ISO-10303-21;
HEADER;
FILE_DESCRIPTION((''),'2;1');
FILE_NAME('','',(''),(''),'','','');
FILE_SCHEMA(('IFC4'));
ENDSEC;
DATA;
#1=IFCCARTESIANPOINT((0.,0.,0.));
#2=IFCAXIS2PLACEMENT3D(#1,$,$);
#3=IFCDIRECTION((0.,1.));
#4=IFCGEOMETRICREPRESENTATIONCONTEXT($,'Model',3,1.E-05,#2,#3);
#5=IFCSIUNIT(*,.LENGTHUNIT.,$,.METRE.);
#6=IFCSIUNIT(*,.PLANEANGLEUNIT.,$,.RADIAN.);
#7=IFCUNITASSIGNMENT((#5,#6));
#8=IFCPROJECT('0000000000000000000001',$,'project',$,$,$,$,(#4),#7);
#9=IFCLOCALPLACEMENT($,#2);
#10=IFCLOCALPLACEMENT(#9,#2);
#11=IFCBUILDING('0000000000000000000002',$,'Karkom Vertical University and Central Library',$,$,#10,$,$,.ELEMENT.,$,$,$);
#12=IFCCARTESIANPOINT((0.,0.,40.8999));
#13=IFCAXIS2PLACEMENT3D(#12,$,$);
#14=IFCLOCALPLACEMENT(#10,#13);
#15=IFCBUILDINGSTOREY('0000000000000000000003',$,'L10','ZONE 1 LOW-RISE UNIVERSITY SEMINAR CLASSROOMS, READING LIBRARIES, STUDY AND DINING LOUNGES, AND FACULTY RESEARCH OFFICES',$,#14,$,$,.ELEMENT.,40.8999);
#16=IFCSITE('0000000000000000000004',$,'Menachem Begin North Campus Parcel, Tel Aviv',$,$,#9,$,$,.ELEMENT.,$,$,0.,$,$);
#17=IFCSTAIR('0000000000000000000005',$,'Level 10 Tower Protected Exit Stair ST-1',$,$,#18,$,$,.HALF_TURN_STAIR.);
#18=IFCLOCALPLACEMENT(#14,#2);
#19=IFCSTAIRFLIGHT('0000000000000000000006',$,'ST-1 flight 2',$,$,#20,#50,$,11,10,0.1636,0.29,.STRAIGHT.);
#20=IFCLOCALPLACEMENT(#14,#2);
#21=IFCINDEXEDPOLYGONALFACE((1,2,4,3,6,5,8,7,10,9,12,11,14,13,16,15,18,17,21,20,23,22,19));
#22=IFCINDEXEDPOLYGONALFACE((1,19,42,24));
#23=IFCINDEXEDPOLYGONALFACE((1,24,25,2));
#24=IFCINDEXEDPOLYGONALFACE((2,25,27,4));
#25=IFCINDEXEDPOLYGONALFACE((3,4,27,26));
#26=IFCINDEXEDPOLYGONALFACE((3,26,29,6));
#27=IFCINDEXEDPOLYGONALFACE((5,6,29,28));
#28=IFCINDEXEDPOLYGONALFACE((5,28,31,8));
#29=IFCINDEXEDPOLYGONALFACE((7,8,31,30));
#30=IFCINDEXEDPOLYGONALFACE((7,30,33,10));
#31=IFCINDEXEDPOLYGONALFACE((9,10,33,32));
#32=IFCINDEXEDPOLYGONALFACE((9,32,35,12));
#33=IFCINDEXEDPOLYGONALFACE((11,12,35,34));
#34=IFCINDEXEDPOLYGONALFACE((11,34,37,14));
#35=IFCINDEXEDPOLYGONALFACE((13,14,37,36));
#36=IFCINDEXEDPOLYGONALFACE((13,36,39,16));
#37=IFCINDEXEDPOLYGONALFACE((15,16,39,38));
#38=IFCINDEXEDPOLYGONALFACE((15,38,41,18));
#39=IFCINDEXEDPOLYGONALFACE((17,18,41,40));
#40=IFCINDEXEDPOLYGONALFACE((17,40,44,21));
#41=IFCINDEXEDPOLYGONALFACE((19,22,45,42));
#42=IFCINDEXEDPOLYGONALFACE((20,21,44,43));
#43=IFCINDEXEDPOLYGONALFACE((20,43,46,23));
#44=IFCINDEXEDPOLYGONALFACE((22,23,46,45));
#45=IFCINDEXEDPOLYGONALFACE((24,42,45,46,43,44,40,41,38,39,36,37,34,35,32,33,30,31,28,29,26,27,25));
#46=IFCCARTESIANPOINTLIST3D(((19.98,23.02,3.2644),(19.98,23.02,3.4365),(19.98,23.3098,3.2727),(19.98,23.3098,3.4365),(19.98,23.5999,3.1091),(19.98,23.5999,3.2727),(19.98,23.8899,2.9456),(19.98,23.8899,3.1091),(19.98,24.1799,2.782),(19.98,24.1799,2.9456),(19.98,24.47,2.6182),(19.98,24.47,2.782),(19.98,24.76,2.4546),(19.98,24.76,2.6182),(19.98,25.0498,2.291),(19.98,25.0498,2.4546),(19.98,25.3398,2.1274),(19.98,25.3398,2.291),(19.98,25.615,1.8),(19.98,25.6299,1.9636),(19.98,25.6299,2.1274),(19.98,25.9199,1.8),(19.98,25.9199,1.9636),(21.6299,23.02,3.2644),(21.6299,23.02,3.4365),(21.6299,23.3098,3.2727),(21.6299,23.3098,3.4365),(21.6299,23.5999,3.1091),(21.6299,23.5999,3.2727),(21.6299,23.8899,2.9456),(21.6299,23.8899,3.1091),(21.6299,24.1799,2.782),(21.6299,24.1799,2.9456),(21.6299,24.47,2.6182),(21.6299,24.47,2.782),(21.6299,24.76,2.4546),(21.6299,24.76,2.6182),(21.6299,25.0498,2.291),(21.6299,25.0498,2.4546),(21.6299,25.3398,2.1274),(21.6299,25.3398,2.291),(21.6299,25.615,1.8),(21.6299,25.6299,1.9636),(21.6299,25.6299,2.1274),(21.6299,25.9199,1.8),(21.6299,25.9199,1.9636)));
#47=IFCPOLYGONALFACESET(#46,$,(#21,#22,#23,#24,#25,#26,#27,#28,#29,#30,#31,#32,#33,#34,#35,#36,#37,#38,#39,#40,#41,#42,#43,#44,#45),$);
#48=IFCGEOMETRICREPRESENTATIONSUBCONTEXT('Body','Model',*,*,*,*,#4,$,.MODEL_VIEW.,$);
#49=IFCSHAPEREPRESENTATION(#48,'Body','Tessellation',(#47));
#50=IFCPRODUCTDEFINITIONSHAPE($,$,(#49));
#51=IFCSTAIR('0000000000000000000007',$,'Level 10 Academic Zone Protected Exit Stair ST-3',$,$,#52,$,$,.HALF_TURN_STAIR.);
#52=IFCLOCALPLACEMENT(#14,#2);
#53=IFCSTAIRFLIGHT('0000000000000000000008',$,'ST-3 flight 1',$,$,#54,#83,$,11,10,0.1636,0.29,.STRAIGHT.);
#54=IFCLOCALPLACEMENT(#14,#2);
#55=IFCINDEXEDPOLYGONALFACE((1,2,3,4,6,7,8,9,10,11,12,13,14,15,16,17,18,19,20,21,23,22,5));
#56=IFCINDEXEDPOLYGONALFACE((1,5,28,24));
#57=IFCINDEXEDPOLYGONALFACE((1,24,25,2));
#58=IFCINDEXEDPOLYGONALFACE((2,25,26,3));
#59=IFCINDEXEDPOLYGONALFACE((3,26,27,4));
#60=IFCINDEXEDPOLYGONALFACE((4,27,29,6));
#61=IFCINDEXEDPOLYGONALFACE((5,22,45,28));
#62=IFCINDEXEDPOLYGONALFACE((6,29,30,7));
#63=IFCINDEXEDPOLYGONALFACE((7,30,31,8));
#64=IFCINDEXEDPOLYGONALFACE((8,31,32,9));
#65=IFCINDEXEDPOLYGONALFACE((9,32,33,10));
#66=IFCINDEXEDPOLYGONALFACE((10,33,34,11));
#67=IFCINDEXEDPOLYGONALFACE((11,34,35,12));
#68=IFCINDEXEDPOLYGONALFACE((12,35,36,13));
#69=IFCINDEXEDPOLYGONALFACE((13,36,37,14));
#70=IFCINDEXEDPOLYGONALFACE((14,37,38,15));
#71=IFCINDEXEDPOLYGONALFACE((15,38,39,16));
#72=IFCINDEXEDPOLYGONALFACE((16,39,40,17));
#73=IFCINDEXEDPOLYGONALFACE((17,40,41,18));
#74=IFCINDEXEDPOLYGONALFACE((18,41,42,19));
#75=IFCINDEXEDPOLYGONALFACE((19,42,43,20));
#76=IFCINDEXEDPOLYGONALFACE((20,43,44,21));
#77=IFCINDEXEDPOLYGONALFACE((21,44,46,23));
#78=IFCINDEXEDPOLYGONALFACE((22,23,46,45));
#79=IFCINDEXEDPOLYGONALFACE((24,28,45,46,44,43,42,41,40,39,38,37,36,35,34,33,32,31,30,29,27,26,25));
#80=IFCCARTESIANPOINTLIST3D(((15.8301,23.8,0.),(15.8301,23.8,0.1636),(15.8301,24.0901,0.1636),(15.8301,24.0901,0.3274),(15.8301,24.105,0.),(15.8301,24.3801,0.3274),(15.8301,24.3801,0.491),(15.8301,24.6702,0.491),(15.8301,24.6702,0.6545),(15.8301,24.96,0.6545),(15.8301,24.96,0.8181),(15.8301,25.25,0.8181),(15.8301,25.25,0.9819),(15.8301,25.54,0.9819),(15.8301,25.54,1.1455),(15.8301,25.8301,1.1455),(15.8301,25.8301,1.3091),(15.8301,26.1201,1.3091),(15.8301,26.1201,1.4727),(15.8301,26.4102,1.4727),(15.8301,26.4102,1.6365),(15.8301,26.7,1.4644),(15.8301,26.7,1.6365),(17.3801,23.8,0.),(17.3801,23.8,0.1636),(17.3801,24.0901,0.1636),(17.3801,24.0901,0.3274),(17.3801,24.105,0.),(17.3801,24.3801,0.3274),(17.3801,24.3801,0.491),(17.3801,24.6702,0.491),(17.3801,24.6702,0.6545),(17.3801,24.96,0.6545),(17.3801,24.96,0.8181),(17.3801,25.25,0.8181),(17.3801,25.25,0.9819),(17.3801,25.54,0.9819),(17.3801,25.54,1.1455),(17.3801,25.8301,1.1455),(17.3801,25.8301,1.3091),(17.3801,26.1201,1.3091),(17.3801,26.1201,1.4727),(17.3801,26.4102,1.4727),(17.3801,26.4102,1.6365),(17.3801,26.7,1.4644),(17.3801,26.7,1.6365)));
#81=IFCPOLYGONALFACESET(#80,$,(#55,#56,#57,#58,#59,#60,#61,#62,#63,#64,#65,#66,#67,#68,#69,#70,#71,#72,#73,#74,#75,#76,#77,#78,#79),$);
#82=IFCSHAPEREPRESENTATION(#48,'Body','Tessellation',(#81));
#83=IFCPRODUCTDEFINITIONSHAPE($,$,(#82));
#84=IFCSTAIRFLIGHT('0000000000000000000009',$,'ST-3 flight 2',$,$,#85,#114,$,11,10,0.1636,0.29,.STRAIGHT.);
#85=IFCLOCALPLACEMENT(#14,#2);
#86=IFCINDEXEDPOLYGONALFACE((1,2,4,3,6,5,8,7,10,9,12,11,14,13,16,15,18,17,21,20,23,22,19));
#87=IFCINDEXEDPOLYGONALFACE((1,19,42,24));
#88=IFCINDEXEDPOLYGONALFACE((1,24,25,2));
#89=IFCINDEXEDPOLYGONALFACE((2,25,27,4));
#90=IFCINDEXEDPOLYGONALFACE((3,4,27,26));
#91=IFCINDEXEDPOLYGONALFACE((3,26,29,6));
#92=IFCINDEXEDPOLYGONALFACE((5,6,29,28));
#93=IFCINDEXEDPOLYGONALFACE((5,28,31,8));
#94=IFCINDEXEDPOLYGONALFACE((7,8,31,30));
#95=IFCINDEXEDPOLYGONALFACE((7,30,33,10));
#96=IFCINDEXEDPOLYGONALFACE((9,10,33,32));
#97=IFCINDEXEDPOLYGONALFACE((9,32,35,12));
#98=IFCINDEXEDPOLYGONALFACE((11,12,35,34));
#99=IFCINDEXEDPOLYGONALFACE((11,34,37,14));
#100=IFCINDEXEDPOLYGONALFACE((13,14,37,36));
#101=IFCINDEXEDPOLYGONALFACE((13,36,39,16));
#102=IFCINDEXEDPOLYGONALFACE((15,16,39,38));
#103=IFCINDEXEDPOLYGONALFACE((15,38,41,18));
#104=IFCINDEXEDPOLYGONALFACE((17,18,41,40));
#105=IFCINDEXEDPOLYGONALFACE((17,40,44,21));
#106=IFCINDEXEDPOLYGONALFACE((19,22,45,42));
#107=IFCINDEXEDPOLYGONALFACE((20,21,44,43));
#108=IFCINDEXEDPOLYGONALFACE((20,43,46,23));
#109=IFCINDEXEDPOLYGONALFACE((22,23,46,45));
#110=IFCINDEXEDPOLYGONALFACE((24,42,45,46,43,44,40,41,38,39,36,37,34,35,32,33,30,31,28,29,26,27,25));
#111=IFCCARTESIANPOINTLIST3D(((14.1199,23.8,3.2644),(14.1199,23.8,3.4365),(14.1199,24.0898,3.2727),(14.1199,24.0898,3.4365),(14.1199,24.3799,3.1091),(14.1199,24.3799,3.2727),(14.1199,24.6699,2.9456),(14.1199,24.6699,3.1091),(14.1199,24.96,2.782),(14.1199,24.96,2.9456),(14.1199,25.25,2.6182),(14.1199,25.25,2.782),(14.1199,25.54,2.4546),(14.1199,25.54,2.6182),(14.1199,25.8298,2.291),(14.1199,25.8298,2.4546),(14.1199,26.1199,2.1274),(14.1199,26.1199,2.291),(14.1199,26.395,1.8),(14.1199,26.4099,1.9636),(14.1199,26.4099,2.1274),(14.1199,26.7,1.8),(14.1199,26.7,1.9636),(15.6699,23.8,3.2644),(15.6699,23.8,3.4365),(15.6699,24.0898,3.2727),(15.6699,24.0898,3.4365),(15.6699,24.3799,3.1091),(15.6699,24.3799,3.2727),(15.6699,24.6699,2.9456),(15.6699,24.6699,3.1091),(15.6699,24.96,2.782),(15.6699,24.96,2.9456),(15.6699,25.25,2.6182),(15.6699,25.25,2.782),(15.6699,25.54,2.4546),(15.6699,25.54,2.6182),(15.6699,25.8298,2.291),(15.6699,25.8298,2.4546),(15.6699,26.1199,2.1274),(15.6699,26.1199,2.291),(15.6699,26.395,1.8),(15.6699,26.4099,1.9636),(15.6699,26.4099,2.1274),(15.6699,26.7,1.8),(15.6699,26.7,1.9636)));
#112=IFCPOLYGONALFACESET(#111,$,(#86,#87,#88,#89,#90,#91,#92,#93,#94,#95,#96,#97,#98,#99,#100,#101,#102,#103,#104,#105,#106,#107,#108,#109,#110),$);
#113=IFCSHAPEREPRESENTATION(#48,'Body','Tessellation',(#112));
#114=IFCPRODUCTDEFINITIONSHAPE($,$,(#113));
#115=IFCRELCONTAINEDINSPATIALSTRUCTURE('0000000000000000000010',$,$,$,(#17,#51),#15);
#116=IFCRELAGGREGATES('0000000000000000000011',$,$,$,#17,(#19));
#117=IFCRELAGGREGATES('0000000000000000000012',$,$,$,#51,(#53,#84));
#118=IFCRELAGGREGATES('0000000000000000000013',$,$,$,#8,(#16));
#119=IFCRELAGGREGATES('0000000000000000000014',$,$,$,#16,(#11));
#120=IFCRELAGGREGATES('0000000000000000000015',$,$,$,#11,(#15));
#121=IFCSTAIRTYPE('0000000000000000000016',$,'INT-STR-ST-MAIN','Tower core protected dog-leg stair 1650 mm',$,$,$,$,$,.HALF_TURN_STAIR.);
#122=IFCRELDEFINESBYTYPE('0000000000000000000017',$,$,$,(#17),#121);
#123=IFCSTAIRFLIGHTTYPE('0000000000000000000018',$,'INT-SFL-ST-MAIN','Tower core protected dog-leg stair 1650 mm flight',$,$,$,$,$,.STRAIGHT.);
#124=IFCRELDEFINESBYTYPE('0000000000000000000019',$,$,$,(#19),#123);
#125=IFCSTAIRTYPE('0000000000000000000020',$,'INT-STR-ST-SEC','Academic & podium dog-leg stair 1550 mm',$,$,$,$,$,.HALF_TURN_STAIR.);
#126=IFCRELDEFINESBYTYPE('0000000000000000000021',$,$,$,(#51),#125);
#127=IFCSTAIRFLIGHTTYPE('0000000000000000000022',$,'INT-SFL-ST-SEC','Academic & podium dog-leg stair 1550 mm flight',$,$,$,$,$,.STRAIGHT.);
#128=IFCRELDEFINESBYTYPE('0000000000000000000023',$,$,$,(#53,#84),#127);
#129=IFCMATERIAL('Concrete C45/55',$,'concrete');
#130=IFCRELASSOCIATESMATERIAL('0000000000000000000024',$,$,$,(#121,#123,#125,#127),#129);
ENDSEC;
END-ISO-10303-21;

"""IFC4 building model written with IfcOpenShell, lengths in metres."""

from ifc_helpers import new_model, si_unit, direction, frame, origin, place, context, subcontext, project, spatial, polyline, outline, extrude, material, type_object, element, aggregate, save


model = new_model("IFC4")

# Units and contexts
model_context = context("Model", 3, precision=1e-05, world=origin(), true_north=direction((0.0, 1.0)))
body_context = subcontext(model_context, "Body", "Model", "MODEL_VIEW")
ifc_project = project(units=[si_unit("LENGTHUNIT", "METRE"), si_unit("PLANEANGLEUNIT", "RADIAN")], contexts=[model_context])

# Site, building, storey
site_placement = place(None, origin())
site = spatial("IfcSite", under=ifc_project, at=site_placement, Name="Menachem Begin North Campus Parcel, Tel Aviv", CompositionType="ELEMENT", RefElevation=0.0)
building_placement = place(site_placement, origin())
building = spatial("IfcBuilding", under=site, at=building_placement, Name="Karkom Vertical University and Central Library", CompositionType="ELEMENT")
storey_placement = place(building_placement, frame((0.0, 0.0, 40.8999)))
storey = spatial("IfcBuildingStorey", under=building, at=storey_placement, Name="L10", Description="ZONE 1 LOW-RISE UNIVERSITY SEMINAR CLASSROOMS, READING LIBRARIES, STUDY AND DINING LOUNGES, AND FACULTY RESEARCH OFFICES", CompositionType="ELEMENT", Elevation=40.8999)

# Shared definitions
ifc_material_1 = material(Name="Concrete C45/55", Category="concrete")

# Stairs, stair flights
stair_type_1 = type_object("IfcStairType", Name="INT-STR-ST-MAIN", Description="Tower core protected dog-leg stair 1650 mm", PredefinedType="HALF_TURN_STAIR", material=ifc_material_1)
stair_1_placement = place(storey_placement, origin())
stair_1 = element("IfcStair", 1, at=stair_1_placement, inside=storey, type_object=stair_type_1, Name="Level 10 Tower Protected Exit Stair ST-1", PredefinedType="HALF_TURN_STAIR")
stair_flight_type_1 = type_object("IfcStairFlightType", Name="INT-SFL-ST-MAIN", Description="Tower core protected dog-leg stair 1650 mm flight", PredefinedType="STRAIGHT", material=ifc_material_1)
stair_flight_1_placement = place(storey_placement, frame((20.8049, 25.9199, 1.8), z_axis=(0.0, 0.0, 1.0), x_axis=(0.0, -1.0, 0.0)))
stair_flight_1 = element("IfcStairFlight", 2, at=stair_flight_1_placement, type_object=stair_flight_type_1, Name="ST-1 flight 2", NumberOfRisers=11, NumberOfTreads=10, PredefinedType="STRAIGHT", RiserHeight=0.1636, TreadLength=0.29, context=body_context, shape_type="SweptSolid", body=[
    extrude(outline(polyline([(0.0, 0.0), (0.0, 0.1636), (0.29, 0.1636), (0.29, 0.3274), (0.5801, 0.3274), (0.5801, 0.491), (0.8701, 0.491), (0.8701, 0.6545), (1.1599, 0.6545), (1.1599, 0.8181), (1.45, 0.8181), (1.45, 0.9819), (1.74, 0.9819), (1.74, 1.1455), (2.03, 1.1455), (2.03, 1.3091), (2.3201, 1.3091), (2.3201, 1.4727), (2.6101, 1.4727), (2.6101, 1.6365), (2.8999, 1.6365), (2.8999, 1.8), (2.8999, 1.4644), (0.3049, 0.0), (0.0, 0.0)])), frame((0.0, 0.825, 0.0), z_axis=(0.0, -1.0, 0.0), x_axis=(1.0, 0.0, 0.0)), (0.0, 0.0, 1.0), 1.6499),
])
aggregate(stair_1, [stair_flight_1])
stair_type_2 = type_object("IfcStairType", Name="INT-STR-ST-SEC", Description="Academic & podium dog-leg stair 1550 mm", PredefinedType="HALF_TURN_STAIR", material=ifc_material_1)
stair_2_placement = place(storey_placement, origin())
stair_2 = element("IfcStair", 3, at=stair_2_placement, inside=storey, type_object=stair_type_2, Name="Level 10 Academic Zone Protected Exit Stair ST-3", PredefinedType="HALF_TURN_STAIR")
stair_flight_type_2 = type_object("IfcStairFlightType", Name="INT-SFL-ST-SEC", Description="Academic & podium dog-leg stair 1550 mm flight", PredefinedType="STRAIGHT", material=ifc_material_1)
stair_flight_2_placement = place(storey_placement, frame((16.605, 23.8, 0.0), z_axis=(0.0, 0.0, 1.0), x_axis=(0.0, 1.0, 0.0)))
stair_flight_2 = element("IfcStairFlight", 4, at=stair_flight_2_placement, type_object=stair_flight_type_2, Name="ST-3 flight 1", NumberOfRisers=11, NumberOfTreads=10, PredefinedType="STRAIGHT", RiserHeight=0.1636, TreadLength=0.29, context=body_context, shape_type="SweptSolid", body=[
    extrude(outline(polyline([(0.0, 0.0), (0.0, 0.1636), (0.29, 0.1636), (0.29, 0.3274), (0.5801, 0.3274), (0.5801, 0.491), (0.8701, 0.491), (0.8701, 0.6545), (1.1599, 0.6545), (1.1599, 0.8181), (1.45, 0.8181), (1.45, 0.9819), (1.74, 0.9819), (1.74, 1.1455), (2.03, 1.1455), (2.03, 1.3091), (2.3201, 1.3091), (2.3201, 1.4727), (2.6101, 1.4727), (2.6101, 1.6365), (2.8999, 1.6365), (2.8999, 1.8), (2.8999, 1.4644), (0.3049, 0.0), (0.0, 0.0)])), frame((0.0, 0.7749, 0.0), z_axis=(0.0, -1.0, 0.0), x_axis=(1.0, 0.0, 0.0)), (0.0, 0.0, 1.0), 1.55),
])
stair_flight_3_placement = place(storey_placement, frame((14.895, 26.7, 1.8), z_axis=(0.0, 0.0, 1.0), x_axis=(0.0, -1.0, 0.0)))
stair_flight_3 = element("IfcStairFlight", 5, at=stair_flight_3_placement, type_object=stair_flight_type_2, Name="ST-3 flight 2", NumberOfRisers=11, NumberOfTreads=10, PredefinedType="STRAIGHT", RiserHeight=0.1636, TreadLength=0.29, context=body_context, shape_type="SweptSolid", body=[
    extrude(outline(polyline([(0.0, 0.0), (0.0, 0.1636), (0.29, 0.1636), (0.29, 0.3274), (0.5801, 0.3274), (0.5801, 0.491), (0.8701, 0.491), (0.8701, 0.6545), (1.1599, 0.6545), (1.1599, 0.8181), (1.45, 0.8181), (1.45, 0.9819), (1.74, 0.9819), (1.74, 1.1455), (2.03, 1.1455), (2.03, 1.3091), (2.3201, 1.3091), (2.3201, 1.4727), (2.6101, 1.4727), (2.6101, 1.6365), (2.8999, 1.6365), (2.8999, 1.8), (2.8999, 1.4644), (0.3049, 0.0), (0.0, 0.0)])), frame((0.0, 0.7749, 0.0), z_axis=(0.0, -1.0, 0.0), x_axis=(1.0, 0.0, 0.0)), (0.0, 0.0, 1.0), 1.55),
])
aggregate(stair_2, [stair_flight_2, stair_flight_3])

save(model, "model.ifc")
